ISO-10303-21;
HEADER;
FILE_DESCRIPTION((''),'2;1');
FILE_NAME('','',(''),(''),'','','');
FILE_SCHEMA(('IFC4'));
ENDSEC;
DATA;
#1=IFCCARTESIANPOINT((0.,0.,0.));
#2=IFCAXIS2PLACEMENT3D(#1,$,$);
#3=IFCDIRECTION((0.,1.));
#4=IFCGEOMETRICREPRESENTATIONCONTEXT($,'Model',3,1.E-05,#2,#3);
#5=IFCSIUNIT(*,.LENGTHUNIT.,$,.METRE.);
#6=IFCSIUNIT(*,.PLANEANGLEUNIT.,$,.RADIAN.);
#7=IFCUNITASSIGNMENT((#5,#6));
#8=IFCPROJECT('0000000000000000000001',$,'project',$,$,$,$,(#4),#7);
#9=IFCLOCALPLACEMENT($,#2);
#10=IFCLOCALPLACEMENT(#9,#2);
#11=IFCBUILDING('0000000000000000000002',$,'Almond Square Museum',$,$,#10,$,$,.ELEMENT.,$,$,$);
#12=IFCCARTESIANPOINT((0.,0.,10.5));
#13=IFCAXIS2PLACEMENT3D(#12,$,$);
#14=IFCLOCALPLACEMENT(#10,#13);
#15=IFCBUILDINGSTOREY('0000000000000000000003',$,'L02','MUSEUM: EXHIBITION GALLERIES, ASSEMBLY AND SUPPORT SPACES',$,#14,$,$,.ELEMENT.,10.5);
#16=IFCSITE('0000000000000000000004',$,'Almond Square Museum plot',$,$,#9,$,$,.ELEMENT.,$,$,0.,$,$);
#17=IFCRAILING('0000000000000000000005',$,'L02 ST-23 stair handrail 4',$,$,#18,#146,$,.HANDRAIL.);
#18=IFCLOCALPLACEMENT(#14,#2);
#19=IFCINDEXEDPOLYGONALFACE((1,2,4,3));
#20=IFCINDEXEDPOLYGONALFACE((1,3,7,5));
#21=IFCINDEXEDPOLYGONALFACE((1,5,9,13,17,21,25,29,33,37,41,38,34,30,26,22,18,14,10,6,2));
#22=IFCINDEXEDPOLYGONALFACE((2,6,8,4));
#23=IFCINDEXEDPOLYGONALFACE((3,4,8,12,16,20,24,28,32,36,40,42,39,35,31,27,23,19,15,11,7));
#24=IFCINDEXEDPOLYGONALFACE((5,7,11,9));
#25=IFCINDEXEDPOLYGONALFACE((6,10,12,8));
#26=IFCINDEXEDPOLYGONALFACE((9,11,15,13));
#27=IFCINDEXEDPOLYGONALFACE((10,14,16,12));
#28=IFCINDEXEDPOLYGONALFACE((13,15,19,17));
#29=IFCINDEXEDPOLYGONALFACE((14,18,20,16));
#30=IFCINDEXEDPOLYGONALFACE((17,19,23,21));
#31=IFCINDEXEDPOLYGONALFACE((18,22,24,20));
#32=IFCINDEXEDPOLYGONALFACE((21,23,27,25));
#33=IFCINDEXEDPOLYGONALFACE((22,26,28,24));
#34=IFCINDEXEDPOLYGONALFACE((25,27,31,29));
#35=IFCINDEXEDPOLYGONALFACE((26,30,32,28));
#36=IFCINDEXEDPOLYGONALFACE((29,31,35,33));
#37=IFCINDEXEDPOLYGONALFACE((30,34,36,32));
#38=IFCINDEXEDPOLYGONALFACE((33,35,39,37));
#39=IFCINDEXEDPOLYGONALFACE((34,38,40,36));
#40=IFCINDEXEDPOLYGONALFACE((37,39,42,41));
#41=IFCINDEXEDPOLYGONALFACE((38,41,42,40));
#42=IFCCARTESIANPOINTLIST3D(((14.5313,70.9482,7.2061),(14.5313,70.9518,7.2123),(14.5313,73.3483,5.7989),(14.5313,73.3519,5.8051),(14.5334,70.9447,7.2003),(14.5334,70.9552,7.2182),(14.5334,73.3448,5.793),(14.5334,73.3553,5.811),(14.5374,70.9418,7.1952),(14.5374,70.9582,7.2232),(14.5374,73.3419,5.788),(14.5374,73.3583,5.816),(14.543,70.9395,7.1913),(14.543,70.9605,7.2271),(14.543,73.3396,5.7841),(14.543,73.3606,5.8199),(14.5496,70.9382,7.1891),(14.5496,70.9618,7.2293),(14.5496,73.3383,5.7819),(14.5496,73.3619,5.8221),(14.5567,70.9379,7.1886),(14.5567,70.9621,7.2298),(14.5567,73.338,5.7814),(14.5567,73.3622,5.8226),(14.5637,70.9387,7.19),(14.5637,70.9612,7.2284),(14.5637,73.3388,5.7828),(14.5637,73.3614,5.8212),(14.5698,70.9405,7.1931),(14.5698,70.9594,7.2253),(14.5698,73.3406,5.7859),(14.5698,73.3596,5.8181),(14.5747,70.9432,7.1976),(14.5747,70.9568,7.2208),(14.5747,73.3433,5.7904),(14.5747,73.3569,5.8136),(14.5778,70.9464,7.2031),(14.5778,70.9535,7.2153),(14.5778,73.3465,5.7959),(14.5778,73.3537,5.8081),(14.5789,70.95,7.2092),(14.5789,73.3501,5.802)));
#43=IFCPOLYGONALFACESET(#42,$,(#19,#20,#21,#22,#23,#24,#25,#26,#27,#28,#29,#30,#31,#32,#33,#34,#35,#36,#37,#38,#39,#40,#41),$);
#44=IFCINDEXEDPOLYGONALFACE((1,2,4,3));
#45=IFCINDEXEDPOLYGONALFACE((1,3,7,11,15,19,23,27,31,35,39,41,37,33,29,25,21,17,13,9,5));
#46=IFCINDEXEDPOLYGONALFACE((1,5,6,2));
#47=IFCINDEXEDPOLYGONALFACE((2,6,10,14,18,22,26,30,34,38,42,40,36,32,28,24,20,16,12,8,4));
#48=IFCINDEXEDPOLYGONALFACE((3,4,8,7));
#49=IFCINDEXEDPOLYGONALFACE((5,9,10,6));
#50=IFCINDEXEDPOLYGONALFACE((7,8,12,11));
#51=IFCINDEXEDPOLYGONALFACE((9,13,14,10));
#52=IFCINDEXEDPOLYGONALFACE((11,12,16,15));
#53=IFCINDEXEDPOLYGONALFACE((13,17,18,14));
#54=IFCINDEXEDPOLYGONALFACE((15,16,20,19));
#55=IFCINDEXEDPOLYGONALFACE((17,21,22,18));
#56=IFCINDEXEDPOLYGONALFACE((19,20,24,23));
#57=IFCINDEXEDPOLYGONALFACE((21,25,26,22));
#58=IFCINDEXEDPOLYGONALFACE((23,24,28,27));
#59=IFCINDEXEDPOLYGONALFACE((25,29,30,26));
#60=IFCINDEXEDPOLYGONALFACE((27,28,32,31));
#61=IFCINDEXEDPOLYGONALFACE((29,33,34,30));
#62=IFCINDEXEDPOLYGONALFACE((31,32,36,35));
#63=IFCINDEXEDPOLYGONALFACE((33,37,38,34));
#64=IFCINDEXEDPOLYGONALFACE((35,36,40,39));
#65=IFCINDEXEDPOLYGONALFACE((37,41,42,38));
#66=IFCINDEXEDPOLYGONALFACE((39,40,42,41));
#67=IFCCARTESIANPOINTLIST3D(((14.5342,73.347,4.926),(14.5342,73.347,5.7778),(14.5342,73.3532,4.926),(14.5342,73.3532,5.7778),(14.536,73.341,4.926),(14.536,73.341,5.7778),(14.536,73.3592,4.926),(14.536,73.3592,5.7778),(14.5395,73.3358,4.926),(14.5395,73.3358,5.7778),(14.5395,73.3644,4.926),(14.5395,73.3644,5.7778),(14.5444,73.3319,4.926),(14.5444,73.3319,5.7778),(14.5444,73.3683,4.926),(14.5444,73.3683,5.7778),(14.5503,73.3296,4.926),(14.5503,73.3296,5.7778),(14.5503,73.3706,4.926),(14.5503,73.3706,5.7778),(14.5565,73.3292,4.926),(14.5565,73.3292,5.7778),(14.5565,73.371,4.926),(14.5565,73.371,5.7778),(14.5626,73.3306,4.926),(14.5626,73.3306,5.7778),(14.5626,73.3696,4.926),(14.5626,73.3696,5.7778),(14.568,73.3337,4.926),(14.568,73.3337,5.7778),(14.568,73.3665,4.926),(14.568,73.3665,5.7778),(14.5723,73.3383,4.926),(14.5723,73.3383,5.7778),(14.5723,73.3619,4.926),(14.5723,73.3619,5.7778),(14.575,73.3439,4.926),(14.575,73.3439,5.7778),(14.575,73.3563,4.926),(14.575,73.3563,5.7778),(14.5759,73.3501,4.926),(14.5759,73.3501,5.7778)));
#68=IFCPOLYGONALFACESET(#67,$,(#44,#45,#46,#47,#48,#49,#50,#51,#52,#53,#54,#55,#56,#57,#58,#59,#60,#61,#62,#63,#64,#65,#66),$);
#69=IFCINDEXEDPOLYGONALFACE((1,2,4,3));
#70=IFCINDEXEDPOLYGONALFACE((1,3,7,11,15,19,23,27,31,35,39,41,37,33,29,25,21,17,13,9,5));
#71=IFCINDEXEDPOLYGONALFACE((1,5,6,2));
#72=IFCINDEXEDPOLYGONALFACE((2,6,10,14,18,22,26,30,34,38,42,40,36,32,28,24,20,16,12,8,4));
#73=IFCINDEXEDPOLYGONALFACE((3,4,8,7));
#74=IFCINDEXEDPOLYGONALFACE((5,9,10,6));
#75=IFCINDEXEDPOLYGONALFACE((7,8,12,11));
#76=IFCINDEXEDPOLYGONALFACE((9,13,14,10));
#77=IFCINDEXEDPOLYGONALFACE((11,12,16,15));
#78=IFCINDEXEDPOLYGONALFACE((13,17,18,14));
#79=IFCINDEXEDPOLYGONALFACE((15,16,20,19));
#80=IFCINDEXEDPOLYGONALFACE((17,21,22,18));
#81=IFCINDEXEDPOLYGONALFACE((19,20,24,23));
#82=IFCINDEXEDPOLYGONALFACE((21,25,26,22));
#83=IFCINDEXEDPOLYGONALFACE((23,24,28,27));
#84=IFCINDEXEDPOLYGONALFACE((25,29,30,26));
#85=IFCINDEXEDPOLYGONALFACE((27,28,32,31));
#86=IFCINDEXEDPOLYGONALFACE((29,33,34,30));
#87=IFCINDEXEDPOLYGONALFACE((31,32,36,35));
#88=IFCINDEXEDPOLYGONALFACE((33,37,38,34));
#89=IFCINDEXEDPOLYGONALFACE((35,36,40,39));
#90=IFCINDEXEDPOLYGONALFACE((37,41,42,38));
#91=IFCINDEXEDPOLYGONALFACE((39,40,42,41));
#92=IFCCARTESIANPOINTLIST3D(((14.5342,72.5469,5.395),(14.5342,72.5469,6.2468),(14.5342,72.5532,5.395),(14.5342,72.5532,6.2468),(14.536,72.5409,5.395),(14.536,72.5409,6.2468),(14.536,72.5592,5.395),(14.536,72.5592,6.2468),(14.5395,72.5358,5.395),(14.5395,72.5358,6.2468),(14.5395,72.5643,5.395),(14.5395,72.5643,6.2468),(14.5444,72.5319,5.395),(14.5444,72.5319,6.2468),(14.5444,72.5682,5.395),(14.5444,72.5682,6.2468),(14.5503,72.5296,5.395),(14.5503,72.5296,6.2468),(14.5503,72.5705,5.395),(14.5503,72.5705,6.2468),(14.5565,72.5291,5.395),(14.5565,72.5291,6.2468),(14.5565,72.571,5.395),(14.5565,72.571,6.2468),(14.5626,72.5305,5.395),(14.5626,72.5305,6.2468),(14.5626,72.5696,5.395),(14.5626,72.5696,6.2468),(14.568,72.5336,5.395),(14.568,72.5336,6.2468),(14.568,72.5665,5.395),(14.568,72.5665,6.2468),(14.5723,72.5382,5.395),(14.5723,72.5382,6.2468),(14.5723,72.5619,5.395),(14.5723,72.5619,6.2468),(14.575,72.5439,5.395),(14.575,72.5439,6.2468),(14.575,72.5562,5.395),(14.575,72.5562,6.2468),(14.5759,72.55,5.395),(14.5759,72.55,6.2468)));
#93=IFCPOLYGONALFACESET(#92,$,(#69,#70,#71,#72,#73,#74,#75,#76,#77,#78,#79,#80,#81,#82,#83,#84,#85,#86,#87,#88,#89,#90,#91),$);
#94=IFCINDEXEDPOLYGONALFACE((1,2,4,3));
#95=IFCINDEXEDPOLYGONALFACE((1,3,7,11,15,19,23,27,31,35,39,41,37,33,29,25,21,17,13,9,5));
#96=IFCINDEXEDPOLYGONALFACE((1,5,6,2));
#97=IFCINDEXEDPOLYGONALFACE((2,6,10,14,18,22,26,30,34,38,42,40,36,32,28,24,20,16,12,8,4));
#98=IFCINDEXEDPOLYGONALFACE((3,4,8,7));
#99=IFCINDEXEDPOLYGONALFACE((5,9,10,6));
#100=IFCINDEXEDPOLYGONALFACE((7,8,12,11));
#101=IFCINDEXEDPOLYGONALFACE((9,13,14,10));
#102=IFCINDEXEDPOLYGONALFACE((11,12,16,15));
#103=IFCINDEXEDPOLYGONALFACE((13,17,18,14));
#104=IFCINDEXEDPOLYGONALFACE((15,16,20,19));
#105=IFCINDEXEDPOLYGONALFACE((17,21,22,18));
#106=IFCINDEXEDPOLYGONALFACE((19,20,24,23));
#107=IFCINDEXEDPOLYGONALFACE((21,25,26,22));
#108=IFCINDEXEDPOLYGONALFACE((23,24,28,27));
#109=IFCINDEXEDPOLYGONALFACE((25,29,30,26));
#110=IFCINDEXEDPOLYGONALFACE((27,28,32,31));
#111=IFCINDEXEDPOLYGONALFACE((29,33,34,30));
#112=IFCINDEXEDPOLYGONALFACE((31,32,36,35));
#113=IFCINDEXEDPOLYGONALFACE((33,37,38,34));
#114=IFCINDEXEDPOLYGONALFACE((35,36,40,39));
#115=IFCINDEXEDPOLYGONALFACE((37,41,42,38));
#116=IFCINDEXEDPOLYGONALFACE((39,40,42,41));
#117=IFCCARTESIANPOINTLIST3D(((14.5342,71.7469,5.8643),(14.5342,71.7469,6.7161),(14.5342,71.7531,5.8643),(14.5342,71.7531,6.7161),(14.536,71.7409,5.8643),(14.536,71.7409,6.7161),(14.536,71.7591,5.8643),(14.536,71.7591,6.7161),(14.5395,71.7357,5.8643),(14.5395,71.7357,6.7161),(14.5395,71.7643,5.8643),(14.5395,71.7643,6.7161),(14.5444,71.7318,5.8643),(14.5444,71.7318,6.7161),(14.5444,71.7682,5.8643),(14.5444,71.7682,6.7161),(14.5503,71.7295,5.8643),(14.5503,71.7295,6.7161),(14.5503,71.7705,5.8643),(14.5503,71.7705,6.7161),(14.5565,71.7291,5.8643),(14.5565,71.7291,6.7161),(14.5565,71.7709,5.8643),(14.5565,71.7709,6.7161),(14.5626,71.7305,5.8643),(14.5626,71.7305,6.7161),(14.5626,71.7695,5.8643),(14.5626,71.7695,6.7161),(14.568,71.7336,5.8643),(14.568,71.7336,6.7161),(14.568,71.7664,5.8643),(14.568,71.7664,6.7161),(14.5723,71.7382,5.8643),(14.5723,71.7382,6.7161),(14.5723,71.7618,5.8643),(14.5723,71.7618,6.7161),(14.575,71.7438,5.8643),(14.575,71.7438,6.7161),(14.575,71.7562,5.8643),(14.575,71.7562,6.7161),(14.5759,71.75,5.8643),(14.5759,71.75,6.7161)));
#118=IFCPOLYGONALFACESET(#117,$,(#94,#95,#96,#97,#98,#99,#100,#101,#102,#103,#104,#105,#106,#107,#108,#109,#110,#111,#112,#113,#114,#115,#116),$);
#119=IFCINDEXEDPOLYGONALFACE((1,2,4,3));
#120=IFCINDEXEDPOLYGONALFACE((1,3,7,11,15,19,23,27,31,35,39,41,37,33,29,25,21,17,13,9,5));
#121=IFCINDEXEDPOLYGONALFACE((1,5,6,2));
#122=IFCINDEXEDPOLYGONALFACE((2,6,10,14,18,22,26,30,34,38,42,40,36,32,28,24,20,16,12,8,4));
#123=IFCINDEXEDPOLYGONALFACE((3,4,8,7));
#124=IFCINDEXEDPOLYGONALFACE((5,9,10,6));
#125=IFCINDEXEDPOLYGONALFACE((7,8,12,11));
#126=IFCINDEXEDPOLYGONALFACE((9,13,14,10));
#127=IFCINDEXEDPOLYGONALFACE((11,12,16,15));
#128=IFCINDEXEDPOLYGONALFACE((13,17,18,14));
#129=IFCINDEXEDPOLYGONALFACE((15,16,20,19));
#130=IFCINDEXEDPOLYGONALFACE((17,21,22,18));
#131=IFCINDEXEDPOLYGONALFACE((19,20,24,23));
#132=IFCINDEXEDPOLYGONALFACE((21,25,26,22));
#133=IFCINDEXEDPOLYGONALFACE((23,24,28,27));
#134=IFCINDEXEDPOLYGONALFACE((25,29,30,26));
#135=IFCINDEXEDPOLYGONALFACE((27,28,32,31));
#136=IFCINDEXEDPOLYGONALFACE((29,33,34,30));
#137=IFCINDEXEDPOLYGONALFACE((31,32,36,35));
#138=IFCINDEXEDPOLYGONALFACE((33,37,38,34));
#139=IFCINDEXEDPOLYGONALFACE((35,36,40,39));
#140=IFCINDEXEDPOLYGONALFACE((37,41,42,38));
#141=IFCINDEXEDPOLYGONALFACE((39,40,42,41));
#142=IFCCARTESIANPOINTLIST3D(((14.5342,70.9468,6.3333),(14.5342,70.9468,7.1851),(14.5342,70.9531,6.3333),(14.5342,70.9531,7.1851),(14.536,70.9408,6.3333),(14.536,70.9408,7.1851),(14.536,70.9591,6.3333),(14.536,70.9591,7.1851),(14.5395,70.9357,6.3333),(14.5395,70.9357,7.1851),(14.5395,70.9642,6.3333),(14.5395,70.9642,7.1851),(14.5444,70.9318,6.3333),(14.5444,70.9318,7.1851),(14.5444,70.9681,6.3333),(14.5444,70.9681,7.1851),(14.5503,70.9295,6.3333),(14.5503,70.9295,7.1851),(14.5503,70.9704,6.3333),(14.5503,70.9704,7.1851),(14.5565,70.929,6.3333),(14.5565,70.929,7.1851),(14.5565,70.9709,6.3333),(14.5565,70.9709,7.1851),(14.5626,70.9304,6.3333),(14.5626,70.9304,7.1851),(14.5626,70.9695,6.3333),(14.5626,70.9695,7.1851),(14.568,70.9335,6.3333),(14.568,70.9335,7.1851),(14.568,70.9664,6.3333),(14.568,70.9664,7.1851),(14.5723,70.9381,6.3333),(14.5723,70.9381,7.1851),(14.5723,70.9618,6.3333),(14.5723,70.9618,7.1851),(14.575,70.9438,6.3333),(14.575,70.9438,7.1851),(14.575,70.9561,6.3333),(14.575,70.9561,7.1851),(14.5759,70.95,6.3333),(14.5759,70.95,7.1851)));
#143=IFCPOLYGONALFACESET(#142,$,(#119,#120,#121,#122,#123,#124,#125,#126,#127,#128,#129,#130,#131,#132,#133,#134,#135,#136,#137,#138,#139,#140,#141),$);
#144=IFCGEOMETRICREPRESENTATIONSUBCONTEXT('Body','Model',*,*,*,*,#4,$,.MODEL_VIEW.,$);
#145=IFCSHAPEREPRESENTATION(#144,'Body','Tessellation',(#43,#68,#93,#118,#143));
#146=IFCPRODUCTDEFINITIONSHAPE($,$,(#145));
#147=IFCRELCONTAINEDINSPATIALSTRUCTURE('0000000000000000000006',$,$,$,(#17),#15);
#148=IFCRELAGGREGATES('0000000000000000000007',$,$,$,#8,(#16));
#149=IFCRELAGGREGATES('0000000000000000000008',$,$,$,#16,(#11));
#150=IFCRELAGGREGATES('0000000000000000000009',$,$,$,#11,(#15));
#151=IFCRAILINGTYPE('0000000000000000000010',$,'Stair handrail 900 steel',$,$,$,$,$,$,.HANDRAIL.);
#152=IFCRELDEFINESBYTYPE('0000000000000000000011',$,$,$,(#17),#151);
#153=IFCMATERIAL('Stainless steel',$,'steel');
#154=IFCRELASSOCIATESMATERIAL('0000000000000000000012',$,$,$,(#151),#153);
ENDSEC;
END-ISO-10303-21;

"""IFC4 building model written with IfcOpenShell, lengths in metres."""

from ifc_helpers import new_model, si_unit, direction, frame, origin, origin_2d, place, context, subcontext, project, spatial, circle, extrude, material, type_object, element, save


model = new_model("IFC4")

# Units and contexts
model_context = context("Model", 3, precision=1e-05, world=origin(), true_north=direction((0.0, 1.0)))
body_context = subcontext(model_context, "Body", "Model", "MODEL_VIEW")
ifc_project = project(units=[si_unit("LENGTHUNIT", "METRE"), si_unit("PLANEANGLEUNIT", "RADIAN")], contexts=[model_context])

# Site, building, storey
site_placement = place(None, origin())
site = spatial("IfcSite", under=ifc_project, at=site_placement, Name="Almond Square Museum plot", CompositionType="ELEMENT", RefElevation=0.0)
building_placement = place(site_placement, origin())
building = spatial("IfcBuilding", under=site, at=building_placement, Name="Almond Square Museum", CompositionType="ELEMENT")
storey_placement = place(building_placement, frame((0.0, 0.0, 10.5)))
storey = spatial("IfcBuildingStorey", under=building, at=storey_placement, Name="L02", Description="MUSEUM: EXHIBITION GALLERIES, ASSEMBLY AND SUPPORT SPACES", CompositionType="ELEMENT", Elevation=10.5)

# Railing
ifc_material_1 = material(Name="Stainless steel", Category="steel")
railing_type_1 = type_object("IfcRailingType", Name="Stair handrail 900 steel", PredefinedType="HANDRAIL", material=ifc_material_1)
railing_1_placement = place(storey_placement, frame((14.5549, 73.3501, 4.926)))
element("IfcRailing", 1, at=railing_1_placement, inside=storey, type_object=railing_type_1, Name="L02 ST-23 stair handrail 4", PredefinedType="HANDRAIL", context=body_context, shape_type="SweptSolid", body=[
    extrude(circle(Radius=0.0239, at=origin_2d()), frame((0.0, 0.0, 0.876), z_axis=(0.0, -0.86266, 0.505785), x_axis=(1.0, 0.0, 0.0)), (0.0, 0.0, 1.0), 2.7822),
    extrude(circle(Radius=0.021, at=origin_2d()), origin(), (0.0, 0.0, 1.0), 0.8518),
    extrude(circle(Radius=0.021, at=origin_2d()), frame((0.0, -0.8, 0.469)), (0.0, 0.0, 1.0), 0.8518),
    extrude(circle(Radius=0.021, at=origin_2d()), frame((0.0, -1.6001, 0.9382)), (0.0, 0.0, 1.0), 0.8518),
    extrude(circle(Radius=0.021, at=origin_2d()), frame((0.0, -2.4001, 1.4072)), (0.0, 0.0, 1.0), 0.8518),
])

save(model, "model.ifc")
